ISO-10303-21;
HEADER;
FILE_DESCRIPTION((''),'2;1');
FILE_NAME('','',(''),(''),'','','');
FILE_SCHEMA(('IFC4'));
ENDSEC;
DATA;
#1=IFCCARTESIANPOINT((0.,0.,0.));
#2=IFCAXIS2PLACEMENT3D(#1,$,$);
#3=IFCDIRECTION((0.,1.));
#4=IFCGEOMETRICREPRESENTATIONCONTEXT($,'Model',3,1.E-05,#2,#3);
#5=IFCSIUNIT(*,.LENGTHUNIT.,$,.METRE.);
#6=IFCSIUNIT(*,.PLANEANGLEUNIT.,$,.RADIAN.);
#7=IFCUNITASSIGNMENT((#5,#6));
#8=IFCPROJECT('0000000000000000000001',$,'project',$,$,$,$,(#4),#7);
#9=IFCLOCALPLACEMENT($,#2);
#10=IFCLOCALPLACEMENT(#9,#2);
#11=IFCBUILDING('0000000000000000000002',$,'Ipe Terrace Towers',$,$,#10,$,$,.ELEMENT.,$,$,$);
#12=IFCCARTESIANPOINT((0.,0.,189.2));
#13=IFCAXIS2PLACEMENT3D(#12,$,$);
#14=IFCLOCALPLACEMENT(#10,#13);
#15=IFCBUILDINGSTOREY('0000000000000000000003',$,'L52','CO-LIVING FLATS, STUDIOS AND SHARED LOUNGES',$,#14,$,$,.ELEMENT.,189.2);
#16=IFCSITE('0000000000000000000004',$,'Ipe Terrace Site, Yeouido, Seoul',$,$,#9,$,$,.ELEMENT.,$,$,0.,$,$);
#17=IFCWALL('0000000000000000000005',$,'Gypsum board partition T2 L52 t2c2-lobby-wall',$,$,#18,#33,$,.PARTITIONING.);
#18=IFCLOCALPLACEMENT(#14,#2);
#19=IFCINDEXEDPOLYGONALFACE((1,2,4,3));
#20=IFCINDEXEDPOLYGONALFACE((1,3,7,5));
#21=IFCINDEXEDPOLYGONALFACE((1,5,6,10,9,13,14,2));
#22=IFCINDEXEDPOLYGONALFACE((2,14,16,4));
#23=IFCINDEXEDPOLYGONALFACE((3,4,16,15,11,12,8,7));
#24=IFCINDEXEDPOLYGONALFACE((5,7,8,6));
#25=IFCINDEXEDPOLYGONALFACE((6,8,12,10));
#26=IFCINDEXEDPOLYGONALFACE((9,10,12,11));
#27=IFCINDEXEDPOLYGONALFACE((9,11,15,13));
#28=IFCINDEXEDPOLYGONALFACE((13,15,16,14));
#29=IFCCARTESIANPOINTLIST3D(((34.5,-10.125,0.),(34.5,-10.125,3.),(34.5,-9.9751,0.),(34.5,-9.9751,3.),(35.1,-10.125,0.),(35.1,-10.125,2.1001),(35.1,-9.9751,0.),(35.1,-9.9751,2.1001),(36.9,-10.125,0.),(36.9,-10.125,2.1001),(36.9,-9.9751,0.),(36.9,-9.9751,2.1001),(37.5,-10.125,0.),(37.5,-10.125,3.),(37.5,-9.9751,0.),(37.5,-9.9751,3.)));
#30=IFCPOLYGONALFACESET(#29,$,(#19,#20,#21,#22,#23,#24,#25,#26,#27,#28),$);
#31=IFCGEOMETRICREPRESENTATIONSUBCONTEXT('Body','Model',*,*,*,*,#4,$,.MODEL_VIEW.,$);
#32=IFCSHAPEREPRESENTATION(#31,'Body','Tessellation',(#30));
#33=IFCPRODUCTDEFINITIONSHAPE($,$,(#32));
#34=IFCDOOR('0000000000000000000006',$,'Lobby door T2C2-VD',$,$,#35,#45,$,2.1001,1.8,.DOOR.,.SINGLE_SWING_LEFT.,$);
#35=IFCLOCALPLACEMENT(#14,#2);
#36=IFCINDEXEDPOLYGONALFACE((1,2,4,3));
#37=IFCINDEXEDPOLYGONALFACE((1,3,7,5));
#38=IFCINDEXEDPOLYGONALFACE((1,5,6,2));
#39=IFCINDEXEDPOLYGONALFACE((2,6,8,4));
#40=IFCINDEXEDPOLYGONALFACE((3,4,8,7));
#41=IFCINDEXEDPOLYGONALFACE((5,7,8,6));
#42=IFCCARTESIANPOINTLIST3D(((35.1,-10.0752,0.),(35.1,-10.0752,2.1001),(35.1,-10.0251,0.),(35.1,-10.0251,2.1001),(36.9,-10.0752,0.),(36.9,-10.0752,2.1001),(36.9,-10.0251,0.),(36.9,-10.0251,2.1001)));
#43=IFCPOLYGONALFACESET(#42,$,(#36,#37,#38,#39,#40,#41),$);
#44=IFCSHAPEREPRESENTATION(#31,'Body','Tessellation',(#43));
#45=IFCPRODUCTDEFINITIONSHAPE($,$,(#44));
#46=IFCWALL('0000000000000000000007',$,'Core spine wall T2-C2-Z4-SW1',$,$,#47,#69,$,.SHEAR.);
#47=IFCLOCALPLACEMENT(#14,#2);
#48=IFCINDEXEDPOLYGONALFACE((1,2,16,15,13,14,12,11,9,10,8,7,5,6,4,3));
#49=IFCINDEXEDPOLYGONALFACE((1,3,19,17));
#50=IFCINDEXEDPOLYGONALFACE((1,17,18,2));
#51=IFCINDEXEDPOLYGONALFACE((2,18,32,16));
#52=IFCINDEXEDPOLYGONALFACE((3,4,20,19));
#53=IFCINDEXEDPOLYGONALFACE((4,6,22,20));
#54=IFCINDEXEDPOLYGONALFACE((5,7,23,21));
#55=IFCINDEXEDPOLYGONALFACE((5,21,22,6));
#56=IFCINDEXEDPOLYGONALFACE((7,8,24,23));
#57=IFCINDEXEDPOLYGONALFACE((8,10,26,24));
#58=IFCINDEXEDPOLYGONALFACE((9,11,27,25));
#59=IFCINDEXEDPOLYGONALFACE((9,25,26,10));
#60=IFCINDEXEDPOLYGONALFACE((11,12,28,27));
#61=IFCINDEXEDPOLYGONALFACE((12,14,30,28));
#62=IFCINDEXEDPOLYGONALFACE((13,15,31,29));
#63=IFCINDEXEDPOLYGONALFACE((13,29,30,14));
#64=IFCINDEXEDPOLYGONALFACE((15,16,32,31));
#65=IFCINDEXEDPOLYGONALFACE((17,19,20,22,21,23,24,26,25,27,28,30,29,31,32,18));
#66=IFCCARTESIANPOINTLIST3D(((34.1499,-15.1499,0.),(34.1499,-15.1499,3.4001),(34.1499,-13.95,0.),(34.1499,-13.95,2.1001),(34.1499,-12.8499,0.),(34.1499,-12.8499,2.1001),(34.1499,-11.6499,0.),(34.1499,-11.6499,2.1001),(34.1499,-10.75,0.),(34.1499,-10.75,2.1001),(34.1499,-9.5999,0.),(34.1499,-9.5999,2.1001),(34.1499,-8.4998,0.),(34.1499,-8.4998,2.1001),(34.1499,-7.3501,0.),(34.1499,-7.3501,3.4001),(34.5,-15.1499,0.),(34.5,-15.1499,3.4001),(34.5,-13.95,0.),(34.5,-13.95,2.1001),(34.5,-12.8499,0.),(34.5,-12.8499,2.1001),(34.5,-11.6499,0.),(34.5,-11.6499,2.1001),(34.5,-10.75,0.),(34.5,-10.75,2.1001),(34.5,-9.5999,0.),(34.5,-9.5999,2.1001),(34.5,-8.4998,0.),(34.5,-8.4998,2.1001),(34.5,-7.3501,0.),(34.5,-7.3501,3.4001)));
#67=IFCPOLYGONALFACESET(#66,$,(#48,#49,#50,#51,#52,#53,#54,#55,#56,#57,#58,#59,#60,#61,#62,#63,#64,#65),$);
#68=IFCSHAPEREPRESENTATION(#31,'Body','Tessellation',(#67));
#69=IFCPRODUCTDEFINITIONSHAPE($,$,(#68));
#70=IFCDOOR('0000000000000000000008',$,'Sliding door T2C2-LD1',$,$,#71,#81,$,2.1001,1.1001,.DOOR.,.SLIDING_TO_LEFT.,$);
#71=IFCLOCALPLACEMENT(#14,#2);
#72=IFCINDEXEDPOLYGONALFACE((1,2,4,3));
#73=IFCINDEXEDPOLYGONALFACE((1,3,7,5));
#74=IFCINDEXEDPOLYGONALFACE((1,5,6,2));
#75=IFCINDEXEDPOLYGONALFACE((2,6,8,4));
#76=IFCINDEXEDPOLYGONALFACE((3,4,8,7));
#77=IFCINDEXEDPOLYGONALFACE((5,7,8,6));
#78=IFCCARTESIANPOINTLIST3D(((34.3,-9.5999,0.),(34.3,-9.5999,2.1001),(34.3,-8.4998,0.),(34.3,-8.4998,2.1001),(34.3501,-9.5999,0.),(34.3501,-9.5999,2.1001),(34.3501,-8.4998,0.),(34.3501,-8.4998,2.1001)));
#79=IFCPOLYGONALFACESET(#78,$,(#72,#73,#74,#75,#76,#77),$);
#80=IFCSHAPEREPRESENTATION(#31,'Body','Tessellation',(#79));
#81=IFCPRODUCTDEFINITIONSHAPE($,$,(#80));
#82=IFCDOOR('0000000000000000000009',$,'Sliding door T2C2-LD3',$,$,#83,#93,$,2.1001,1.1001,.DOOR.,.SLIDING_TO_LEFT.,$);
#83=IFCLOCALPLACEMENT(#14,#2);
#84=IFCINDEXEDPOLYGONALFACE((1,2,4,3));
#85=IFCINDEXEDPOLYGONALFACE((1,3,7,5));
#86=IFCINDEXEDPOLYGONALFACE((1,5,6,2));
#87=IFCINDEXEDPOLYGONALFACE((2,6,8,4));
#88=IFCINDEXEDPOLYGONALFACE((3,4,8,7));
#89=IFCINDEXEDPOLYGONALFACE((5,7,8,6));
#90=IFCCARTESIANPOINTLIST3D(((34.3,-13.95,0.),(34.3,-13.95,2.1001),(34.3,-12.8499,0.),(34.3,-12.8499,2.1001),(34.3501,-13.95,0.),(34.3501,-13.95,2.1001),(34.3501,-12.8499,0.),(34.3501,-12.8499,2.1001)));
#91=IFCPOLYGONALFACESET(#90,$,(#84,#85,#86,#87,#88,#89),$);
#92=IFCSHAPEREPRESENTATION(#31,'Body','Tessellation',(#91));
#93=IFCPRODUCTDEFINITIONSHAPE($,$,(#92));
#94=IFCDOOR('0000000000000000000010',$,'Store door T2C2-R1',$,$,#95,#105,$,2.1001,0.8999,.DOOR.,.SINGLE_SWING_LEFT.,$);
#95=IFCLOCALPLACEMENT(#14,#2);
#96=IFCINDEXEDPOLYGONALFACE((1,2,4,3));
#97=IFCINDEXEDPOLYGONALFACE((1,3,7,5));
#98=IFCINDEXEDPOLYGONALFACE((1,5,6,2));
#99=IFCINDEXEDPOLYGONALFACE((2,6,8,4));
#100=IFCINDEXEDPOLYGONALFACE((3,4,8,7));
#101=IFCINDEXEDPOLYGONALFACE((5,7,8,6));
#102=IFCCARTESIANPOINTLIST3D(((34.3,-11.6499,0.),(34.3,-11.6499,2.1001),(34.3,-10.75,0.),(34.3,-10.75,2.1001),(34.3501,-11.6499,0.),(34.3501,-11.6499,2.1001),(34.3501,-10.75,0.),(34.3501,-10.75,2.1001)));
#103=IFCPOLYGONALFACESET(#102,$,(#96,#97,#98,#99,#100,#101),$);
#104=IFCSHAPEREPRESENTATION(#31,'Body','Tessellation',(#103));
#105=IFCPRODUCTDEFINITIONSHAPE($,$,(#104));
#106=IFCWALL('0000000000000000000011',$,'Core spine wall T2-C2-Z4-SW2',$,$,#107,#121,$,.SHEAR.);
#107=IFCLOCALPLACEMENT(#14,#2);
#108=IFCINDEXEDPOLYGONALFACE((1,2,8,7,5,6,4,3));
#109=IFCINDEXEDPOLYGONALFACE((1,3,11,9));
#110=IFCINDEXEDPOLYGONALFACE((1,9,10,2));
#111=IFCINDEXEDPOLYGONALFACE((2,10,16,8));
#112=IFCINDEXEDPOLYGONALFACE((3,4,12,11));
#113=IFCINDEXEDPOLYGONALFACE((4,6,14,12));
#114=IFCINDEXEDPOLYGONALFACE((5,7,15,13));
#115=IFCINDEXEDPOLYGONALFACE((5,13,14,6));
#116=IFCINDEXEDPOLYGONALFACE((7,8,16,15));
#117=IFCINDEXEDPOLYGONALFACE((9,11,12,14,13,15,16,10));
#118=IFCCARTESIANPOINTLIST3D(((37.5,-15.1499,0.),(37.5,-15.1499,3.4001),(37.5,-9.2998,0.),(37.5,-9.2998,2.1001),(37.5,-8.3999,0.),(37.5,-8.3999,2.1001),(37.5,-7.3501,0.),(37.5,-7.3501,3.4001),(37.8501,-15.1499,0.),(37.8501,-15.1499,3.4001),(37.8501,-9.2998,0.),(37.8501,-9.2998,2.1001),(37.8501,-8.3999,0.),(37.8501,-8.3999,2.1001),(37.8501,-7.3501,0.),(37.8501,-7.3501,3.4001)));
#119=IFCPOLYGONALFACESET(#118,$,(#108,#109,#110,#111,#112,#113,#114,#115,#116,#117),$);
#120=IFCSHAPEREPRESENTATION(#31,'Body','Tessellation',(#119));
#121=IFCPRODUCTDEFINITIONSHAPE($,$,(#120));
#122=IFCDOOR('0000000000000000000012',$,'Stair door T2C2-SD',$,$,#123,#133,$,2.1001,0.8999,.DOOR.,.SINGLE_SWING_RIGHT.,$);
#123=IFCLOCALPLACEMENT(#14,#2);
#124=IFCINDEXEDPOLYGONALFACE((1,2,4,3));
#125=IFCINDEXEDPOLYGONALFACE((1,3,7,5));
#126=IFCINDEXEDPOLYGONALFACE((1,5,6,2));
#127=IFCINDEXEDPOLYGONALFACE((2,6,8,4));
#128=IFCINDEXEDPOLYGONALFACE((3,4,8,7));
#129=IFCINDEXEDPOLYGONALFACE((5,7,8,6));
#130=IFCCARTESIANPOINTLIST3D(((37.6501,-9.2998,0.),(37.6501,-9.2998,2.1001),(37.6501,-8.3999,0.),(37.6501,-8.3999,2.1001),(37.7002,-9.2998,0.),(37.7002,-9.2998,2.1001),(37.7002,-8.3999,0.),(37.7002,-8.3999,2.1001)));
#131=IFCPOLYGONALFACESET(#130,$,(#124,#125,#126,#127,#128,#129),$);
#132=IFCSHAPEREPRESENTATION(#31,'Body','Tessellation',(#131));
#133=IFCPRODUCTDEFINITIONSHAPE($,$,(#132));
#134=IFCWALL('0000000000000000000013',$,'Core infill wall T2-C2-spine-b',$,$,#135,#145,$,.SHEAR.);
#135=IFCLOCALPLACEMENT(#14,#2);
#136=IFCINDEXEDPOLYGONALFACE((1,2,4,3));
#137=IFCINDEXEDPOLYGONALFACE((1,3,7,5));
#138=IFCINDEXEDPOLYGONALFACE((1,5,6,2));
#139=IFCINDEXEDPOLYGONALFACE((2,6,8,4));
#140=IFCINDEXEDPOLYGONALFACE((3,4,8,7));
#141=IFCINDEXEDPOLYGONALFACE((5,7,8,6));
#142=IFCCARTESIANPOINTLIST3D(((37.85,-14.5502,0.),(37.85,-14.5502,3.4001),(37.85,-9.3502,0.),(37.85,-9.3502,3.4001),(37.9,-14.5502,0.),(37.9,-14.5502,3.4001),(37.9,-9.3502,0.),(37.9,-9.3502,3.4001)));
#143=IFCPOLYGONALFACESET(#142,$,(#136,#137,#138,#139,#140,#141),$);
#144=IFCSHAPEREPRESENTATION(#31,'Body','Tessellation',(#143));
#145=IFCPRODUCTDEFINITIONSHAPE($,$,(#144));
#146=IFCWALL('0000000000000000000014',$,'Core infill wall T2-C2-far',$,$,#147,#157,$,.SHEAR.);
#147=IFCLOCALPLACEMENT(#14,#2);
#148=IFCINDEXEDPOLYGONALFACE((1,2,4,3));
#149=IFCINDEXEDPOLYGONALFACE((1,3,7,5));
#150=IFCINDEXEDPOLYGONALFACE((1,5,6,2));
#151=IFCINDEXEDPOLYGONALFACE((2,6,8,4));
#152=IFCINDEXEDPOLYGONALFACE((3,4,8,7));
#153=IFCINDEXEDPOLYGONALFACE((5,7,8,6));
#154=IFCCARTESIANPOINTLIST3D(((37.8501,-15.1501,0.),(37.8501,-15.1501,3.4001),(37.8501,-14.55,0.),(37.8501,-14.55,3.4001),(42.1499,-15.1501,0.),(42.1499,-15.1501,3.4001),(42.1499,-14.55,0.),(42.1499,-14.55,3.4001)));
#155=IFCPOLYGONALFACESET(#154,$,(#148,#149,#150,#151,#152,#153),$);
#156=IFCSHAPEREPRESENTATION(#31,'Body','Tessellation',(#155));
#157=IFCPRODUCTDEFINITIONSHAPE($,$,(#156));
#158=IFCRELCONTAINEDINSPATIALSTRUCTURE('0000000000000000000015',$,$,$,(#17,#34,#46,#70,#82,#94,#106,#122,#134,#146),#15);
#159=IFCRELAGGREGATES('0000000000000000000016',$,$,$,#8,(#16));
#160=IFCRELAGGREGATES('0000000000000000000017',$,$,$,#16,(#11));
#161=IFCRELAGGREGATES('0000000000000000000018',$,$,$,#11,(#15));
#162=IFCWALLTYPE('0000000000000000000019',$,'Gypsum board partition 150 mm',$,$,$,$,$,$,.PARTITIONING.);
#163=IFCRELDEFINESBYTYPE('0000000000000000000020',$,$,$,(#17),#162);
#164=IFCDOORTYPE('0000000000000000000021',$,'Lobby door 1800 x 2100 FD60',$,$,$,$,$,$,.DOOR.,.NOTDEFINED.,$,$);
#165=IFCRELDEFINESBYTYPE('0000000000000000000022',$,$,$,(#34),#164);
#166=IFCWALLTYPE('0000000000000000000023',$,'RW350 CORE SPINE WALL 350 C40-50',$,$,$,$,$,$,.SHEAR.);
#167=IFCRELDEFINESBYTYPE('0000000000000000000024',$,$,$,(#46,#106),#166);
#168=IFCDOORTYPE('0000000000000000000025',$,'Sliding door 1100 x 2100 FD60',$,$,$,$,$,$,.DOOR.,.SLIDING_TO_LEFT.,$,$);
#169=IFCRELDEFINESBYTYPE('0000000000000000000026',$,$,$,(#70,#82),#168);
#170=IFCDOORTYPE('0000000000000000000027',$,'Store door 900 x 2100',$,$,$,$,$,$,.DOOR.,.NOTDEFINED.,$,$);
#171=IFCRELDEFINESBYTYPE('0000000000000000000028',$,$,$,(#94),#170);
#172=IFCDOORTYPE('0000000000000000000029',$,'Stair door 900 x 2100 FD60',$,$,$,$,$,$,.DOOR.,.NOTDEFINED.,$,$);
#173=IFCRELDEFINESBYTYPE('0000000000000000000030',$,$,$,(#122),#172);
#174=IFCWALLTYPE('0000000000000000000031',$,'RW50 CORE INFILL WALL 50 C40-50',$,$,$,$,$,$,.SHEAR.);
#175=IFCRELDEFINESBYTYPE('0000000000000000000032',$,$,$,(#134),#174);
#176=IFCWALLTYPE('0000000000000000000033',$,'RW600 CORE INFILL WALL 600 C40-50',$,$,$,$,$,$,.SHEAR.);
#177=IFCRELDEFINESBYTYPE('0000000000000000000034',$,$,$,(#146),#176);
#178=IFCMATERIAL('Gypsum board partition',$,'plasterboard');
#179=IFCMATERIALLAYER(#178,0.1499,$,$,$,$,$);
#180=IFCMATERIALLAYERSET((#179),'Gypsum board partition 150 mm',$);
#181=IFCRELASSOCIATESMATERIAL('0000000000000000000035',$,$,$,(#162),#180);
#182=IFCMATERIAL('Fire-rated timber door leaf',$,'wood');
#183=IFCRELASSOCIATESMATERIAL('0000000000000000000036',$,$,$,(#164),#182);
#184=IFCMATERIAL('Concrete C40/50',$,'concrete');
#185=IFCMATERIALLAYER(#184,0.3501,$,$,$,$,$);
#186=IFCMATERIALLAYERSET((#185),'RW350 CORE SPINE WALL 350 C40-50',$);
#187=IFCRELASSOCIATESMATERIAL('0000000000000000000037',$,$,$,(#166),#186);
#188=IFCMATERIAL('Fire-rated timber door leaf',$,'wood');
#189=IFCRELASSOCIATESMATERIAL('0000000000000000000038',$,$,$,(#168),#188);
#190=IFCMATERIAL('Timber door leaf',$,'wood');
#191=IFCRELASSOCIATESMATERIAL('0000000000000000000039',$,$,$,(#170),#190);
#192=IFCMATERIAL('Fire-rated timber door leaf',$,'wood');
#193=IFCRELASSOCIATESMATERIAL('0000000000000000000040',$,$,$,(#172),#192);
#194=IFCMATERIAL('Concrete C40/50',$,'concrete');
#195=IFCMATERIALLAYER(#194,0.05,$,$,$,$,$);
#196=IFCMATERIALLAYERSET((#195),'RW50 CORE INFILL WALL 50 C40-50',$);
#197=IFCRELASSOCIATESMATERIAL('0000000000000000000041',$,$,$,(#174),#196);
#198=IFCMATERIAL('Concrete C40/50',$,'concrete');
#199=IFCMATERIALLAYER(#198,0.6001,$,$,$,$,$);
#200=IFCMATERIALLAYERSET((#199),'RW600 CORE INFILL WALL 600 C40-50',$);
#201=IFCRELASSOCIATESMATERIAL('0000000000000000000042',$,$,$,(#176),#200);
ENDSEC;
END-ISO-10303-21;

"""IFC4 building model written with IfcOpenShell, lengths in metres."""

from ifc_helpers import new_model, si_unit, direction, frame, frame_2d, origin, place, context, subcontext, project, spatial, rectangle, extrude, material, layer, layer_set, type_object, element, fill, save


model = new_model("IFC4")

# Units and contexts
model_context = context("Model", 3, precision=1e-05, world=origin(), true_north=direction((0.0, 1.0)))
body_context = subcontext(model_context, "Body", "Model", "MODEL_VIEW")
ifc_project = project(units=[si_unit("LENGTHUNIT", "METRE"), si_unit("PLANEANGLEUNIT", "RADIAN")], contexts=[model_context])

# Site, building, storey
site_placement = place(None, origin())
site = spatial("IfcSite", under=ifc_project, at=site_placement, Name="Ipe Terrace Site, Yeouido, Seoul", CompositionType="ELEMENT", RefElevation=0.0)
building_placement = place(site_placement, origin())
building = spatial("IfcBuilding", under=site, at=building_placement, Name="Ipe Terrace Towers", CompositionType="ELEMENT")
storey_placement = place(building_placement, frame((0.0, 0.0, 189.2)))
storey = spatial("IfcBuildingStorey", under=building, at=storey_placement, Name="L52", Description="CO-LIVING FLATS, STUDIOS AND SHARED LOUNGES", CompositionType="ELEMENT", Elevation=189.2)

# Wall, opening, door
ifc_material_1 = material(Name="Gypsum board partition", Category="plasterboard")
ifc_layer_1 = layer(ifc_material_1, 0.1499)
ifc_layer_set_1 = layer_set([ifc_layer_1], Name="Gypsum board partition 150 mm")
wall_type_1 = type_object("IfcWallType", Name="Gypsum board partition 150 mm", PredefinedType="PARTITIONING", material=ifc_layer_set_1)
wall_1_placement = place(storey_placement, frame((34.5, -10.05, 0.0), z_axis=(0.0, 0.0, 1.0), x_axis=(1.0, 0.0, 0.0)))
wall_1 = element("IfcWall", 1, at=wall_1_placement, inside=storey, type_object=wall_type_1, Name="Gypsum board partition T2 L52 t2c2-lobby-wall", PredefinedType="PARTITIONING", context=body_context, shape_type="SweptSolid", body=[
    extrude(rectangle(XDim=3.0, YDim=0.1499, at=frame_2d((1.5, 0.0))), origin(), (0.0, 0.0, 1.0), 3.0),
])
opening_1_placement = place(wall_1_placement, frame((0.6001, 0.0, 0.0)))
opening_1 = element("IfcOpeningElement", 2, at=opening_1_placement, cuts=wall_1, PredefinedType="OPENING", context=body_context, shape_type="SweptSolid", body=[
    extrude(rectangle(XDim=1.8, YDim=2.1001, at=frame_2d((0.8999, 1.05))), frame((0.0, 0.085, 0.0), z_axis=(0.0, -1.0, 0.0), x_axis=(1.0, 0.0, 0.0)), (0.0, 0.0, 1.0), 0.1699),
])
ifc_material_2 = material(Name="Fire-rated timber door leaf", Category="wood")
door_type_1 = type_object("IfcDoorType", Name="Lobby door 1800 x 2100 FD60", OperationType="NOTDEFINED", PredefinedType="DOOR", material=ifc_material_2)
door_1_placement = place(opening_1_placement, origin())
door_1 = element("IfcDoor", 3, at=door_1_placement, inside=storey, type_object=door_type_1, Name="Lobby door T2C2-VD", OperationType="SINGLE_SWING_LEFT", OverallHeight=2.1001, OverallWidth=1.8, PredefinedType="DOOR", context=body_context, shape_type="SweptSolid", body=[
    extrude(rectangle(XDim=1.8, YDim=2.1001, at=frame_2d((0.8999, 1.05))), frame((0.0, 0.0249, 0.0), z_axis=(0.0, -1.0, 0.0), x_axis=(1.0, 0.0, 0.0)), (0.0, 0.0, 1.0), 0.05),
])
fill(opening_1, door_1)

# Wall, openings, doors
ifc_material_3 = material(Name="Concrete C40/50", Category="concrete")
ifc_layer_2 = layer(ifc_material_3, 0.3501)
ifc_layer_set_2 = layer_set([ifc_layer_2], Name="RW350 CORE SPINE WALL 350 C40-50")
wall_type_2 = type_object("IfcWallType", Name="RW350 CORE SPINE WALL 350 C40-50", PredefinedType="SHEAR", material=ifc_layer_set_2)
wall_2_placement = place(storey_placement, frame((34.325, -15.1499, 0.0), z_axis=(0.0, 0.0, 1.0), x_axis=(0.0, 1.0, 0.0)))
wall_2 = element("IfcWall", 4, at=wall_2_placement, inside=storey, type_object=wall_type_2, Name="Core spine wall T2-C2-Z4-SW1", PredefinedType="SHEAR", context=body_context, shape_type="SweptSolid", body=[
    extrude(rectangle(XDim=7.7998, YDim=0.3501, at=frame_2d((3.8999, 0.0))), origin(), (0.0, 0.0, 1.0), 3.4001),
])
opening_2_placement = place(wall_2_placement, frame((5.55, 0.0, 0.0)))
opening_2 = element("IfcOpeningElement", 5, at=opening_2_placement, cuts=wall_2, PredefinedType="OPENING", context=body_context, shape_type="SweptSolid", body=[
    extrude(rectangle(XDim=1.1001, YDim=2.1001, at=frame_2d((0.55, 1.05))), frame((0.0, 0.1851, 0.0), z_axis=(0.0, -1.0, 0.0), x_axis=(1.0, 0.0, 0.0)), (0.0, 0.0, 1.0), 0.3701),
])
opening_3_placement = place(wall_2_placement, frame((1.2, 0.0, 0.0)))
opening_3 = element("IfcOpeningElement", 6, at=opening_3_placement, cuts=wall_2, PredefinedType="OPENING", context=body_context, shape_type="SweptSolid", body=[
    extrude(rectangle(XDim=1.1001, YDim=2.1001, at=frame_2d((0.55, 1.05))), frame((0.0, 0.1851, 0.0), z_axis=(0.0, -1.0, 0.0), x_axis=(1.0, 0.0, 0.0)), (0.0, 0.0, 1.0), 0.3701),
])
opening_4_placement = place(wall_2_placement, frame((3.5, 0.0, 0.0)))
opening_4 = element("IfcOpeningElement", 7, at=opening_4_placement, cuts=wall_2, PredefinedType="OPENING", context=body_context, shape_type="SweptSolid", body=[
    extrude(rectangle(XDim=0.8999, YDim=2.1001, at=frame_2d((0.45, 1.05))), frame((0.0, 0.1851, 0.0), z_axis=(0.0, -1.0, 0.0), x_axis=(1.0, 0.0, 0.0)), (0.0, 0.0, 1.0), 0.3701),
])
ifc_material_4 = material(Name="Fire-rated timber door leaf", Category="wood")
door_type_2 = type_object("IfcDoorType", Name="Sliding door 1100 x 2100 FD60", OperationType="SLIDING_TO_LEFT", PredefinedType="DOOR", material=ifc_material_4)
door_2_placement = place(opening_2_placement, origin())
door_2 = element("IfcDoor", 8, at=door_2_placement, inside=storey, type_object=door_type_2, Name="Sliding door T2C2-LD1", OperationType="SLIDING_TO_LEFT", OverallHeight=2.1001, OverallWidth=1.1001, PredefinedType="DOOR", context=body_context, shape_type="SweptSolid", body=[
    extrude(rectangle(XDim=1.1001, YDim=2.1001, at=frame_2d((0.55, 1.05))), frame((0.0, 0.0249, 0.0), z_axis=(0.0, -1.0, 0.0), x_axis=(1.0, 0.0, 0.0)), (0.0, 0.0, 1.0), 0.05),
])
fill(opening_2, door_2)
door_3_placement = place(opening_3_placement, origin())
door_3 = element("IfcDoor", 9, at=door_3_placement, inside=storey, type_object=door_type_2, Name="Sliding door T2C2-LD3", OperationType="SLIDING_TO_LEFT", OverallHeight=2.1001, OverallWidth=1.1001, PredefinedType="DOOR", context=body_context, shape_type="SweptSolid", body=[
    extrude(rectangle(XDim=1.1001, YDim=2.1001, at=frame_2d((0.55, 1.05))), frame((0.0, 0.0249, 0.0), z_axis=(0.0, -1.0, 0.0), x_axis=(1.0, 0.0, 0.0)), (0.0, 0.0, 1.0), 0.05),
])
fill(opening_3, door_3)
ifc_material_5 = material(Name="Timber door leaf", Category="wood")
door_type_3 = type_object("IfcDoorType", Name="Store door 900 x 2100", OperationType="NOTDEFINED", PredefinedType="DOOR", material=ifc_material_5)
door_4_placement = place(opening_4_placement, origin())
door_4 = element("IfcDoor", 10, at=door_4_placement, inside=storey, type_object=door_type_3, Name="Store door T2C2-R1", OperationType="SINGLE_SWING_LEFT", OverallHeight=2.1001, OverallWidth=0.8999, PredefinedType="DOOR", context=body_context, shape_type="SweptSolid", body=[
    extrude(rectangle(XDim=0.8999, YDim=2.1001, at=frame_2d((0.45, 1.05))), frame((0.0, 0.0249, 0.0), z_axis=(0.0, -1.0, 0.0), x_axis=(1.0, 0.0, 0.0)), (0.0, 0.0, 1.0), 0.05),
])
fill(opening_4, door_4)

# Wall, opening, door
wall_3_placement = place(storey_placement, frame((37.675, -15.1499, 0.0), z_axis=(0.0, 0.0, 1.0), x_axis=(0.0, 1.0, 0.0)))
wall_3 = element("IfcWall", 11, at=wall_3_placement, inside=storey, type_object=wall_type_2, Name="Core spine wall T2-C2-Z4-SW2", PredefinedType="SHEAR", context=body_context, shape_type="SweptSolid", body=[
    extrude(rectangle(XDim=7.7998, YDim=0.3501, at=frame_2d((3.8999, 0.0))), origin(), (0.0, 0.0, 1.0), 3.4001),
])
opening_5_placement = place(wall_3_placement, frame((5.8501, 0.0, 0.0)))
opening_5 = element("IfcOpeningElement", 12, at=opening_5_placement, cuts=wall_3, PredefinedType="OPENING", context=body_context, shape_type="SweptSolid", body=[
    extrude(rectangle(XDim=0.8999, YDim=2.1001, at=frame_2d((0.45, 1.05))), frame((0.0, 0.1851, 0.0), z_axis=(0.0, -1.0, 0.0), x_axis=(1.0, 0.0, 0.0)), (0.0, 0.0, 1.0), 0.3701),
])
ifc_material_6 = material(Name="Fire-rated timber door leaf", Category="wood")
door_type_4 = type_object("IfcDoorType", Name="Stair door 900 x 2100 FD60", OperationType="NOTDEFINED", PredefinedType="DOOR", material=ifc_material_6)
door_5_placement = place(opening_5_placement, origin())
door_5 = element("IfcDoor", 13, at=door_5_placement, inside=storey, type_object=door_type_4, Name="Stair door T2C2-SD", OperationType="SINGLE_SWING_RIGHT", OverallHeight=2.1001, OverallWidth=0.8999, PredefinedType="DOOR", context=body_context, shape_type="SweptSolid", body=[
    extrude(rectangle(XDim=0.8999, YDim=2.1001, at=frame_2d((0.45, 1.05))), frame((0.0, 0.0249, 0.0), z_axis=(0.0, -1.0, 0.0), x_axis=(1.0, 0.0, 0.0)), (0.0, 0.0, 1.0), 0.05),
])
fill(opening_5, door_5)

# Walls
ifc_material_7 = material(Name="Concrete C40/50", Category="concrete")
ifc_layer_3 = layer(ifc_material_7, 0.05)
ifc_layer_set_3 = layer_set([ifc_layer_3], Name="RW50 CORE INFILL WALL 50 C40-50")
wall_type_3 = type_object("IfcWallType", Name="RW50 CORE INFILL WALL 50 C40-50", PredefinedType="SHEAR", material=ifc_layer_set_3)
wall_4_placement = place(storey_placement, frame((37.875, -9.3501, 0.0), z_axis=(0.0, 0.0, 1.0), x_axis=(0.0, -1.0, 0.0)))
element("IfcWall", 14, at=wall_4_placement, inside=storey, type_object=wall_type_3, Name="Core infill wall T2-C2-spine-b", PredefinedType="SHEAR", context=body_context, shape_type="SweptSolid", body=[
    extrude(rectangle(XDim=5.2, YDim=0.05, at=frame_2d((2.6001, 0.0))), origin(), (0.0, 0.0, 1.0), 3.4001),
])
ifc_material_8 = material(Name="Concrete C40/50", Category="concrete")
ifc_layer_4 = layer(ifc_material_8, 0.6001)
ifc_layer_set_4 = layer_set([ifc_layer_4], Name="RW600 CORE INFILL WALL 600 C40-50")
wall_type_4 = type_object("IfcWallType", Name="RW600 CORE INFILL WALL 600 C40-50", PredefinedType="SHEAR", material=ifc_layer_set_4)
wall_5_placement = place(storey_placement, frame((37.8501, -14.8501, 0.0), z_axis=(0.0, 0.0, 1.0), x_axis=(1.0, 0.0, 0.0)))
element("IfcWall", 15, at=wall_5_placement, inside=storey, type_object=wall_type_4, Name="Core infill wall T2-C2-far", PredefinedType="SHEAR", context=body_context, shape_type="SweptSolid", body=[
    extrude(rectangle(XDim=4.2998, YDim=0.6001, at=frame_2d((2.1499, 0.0))), origin(), (0.0, 0.0, 1.0), 3.4001),
])

save(model, "model.ifc")
